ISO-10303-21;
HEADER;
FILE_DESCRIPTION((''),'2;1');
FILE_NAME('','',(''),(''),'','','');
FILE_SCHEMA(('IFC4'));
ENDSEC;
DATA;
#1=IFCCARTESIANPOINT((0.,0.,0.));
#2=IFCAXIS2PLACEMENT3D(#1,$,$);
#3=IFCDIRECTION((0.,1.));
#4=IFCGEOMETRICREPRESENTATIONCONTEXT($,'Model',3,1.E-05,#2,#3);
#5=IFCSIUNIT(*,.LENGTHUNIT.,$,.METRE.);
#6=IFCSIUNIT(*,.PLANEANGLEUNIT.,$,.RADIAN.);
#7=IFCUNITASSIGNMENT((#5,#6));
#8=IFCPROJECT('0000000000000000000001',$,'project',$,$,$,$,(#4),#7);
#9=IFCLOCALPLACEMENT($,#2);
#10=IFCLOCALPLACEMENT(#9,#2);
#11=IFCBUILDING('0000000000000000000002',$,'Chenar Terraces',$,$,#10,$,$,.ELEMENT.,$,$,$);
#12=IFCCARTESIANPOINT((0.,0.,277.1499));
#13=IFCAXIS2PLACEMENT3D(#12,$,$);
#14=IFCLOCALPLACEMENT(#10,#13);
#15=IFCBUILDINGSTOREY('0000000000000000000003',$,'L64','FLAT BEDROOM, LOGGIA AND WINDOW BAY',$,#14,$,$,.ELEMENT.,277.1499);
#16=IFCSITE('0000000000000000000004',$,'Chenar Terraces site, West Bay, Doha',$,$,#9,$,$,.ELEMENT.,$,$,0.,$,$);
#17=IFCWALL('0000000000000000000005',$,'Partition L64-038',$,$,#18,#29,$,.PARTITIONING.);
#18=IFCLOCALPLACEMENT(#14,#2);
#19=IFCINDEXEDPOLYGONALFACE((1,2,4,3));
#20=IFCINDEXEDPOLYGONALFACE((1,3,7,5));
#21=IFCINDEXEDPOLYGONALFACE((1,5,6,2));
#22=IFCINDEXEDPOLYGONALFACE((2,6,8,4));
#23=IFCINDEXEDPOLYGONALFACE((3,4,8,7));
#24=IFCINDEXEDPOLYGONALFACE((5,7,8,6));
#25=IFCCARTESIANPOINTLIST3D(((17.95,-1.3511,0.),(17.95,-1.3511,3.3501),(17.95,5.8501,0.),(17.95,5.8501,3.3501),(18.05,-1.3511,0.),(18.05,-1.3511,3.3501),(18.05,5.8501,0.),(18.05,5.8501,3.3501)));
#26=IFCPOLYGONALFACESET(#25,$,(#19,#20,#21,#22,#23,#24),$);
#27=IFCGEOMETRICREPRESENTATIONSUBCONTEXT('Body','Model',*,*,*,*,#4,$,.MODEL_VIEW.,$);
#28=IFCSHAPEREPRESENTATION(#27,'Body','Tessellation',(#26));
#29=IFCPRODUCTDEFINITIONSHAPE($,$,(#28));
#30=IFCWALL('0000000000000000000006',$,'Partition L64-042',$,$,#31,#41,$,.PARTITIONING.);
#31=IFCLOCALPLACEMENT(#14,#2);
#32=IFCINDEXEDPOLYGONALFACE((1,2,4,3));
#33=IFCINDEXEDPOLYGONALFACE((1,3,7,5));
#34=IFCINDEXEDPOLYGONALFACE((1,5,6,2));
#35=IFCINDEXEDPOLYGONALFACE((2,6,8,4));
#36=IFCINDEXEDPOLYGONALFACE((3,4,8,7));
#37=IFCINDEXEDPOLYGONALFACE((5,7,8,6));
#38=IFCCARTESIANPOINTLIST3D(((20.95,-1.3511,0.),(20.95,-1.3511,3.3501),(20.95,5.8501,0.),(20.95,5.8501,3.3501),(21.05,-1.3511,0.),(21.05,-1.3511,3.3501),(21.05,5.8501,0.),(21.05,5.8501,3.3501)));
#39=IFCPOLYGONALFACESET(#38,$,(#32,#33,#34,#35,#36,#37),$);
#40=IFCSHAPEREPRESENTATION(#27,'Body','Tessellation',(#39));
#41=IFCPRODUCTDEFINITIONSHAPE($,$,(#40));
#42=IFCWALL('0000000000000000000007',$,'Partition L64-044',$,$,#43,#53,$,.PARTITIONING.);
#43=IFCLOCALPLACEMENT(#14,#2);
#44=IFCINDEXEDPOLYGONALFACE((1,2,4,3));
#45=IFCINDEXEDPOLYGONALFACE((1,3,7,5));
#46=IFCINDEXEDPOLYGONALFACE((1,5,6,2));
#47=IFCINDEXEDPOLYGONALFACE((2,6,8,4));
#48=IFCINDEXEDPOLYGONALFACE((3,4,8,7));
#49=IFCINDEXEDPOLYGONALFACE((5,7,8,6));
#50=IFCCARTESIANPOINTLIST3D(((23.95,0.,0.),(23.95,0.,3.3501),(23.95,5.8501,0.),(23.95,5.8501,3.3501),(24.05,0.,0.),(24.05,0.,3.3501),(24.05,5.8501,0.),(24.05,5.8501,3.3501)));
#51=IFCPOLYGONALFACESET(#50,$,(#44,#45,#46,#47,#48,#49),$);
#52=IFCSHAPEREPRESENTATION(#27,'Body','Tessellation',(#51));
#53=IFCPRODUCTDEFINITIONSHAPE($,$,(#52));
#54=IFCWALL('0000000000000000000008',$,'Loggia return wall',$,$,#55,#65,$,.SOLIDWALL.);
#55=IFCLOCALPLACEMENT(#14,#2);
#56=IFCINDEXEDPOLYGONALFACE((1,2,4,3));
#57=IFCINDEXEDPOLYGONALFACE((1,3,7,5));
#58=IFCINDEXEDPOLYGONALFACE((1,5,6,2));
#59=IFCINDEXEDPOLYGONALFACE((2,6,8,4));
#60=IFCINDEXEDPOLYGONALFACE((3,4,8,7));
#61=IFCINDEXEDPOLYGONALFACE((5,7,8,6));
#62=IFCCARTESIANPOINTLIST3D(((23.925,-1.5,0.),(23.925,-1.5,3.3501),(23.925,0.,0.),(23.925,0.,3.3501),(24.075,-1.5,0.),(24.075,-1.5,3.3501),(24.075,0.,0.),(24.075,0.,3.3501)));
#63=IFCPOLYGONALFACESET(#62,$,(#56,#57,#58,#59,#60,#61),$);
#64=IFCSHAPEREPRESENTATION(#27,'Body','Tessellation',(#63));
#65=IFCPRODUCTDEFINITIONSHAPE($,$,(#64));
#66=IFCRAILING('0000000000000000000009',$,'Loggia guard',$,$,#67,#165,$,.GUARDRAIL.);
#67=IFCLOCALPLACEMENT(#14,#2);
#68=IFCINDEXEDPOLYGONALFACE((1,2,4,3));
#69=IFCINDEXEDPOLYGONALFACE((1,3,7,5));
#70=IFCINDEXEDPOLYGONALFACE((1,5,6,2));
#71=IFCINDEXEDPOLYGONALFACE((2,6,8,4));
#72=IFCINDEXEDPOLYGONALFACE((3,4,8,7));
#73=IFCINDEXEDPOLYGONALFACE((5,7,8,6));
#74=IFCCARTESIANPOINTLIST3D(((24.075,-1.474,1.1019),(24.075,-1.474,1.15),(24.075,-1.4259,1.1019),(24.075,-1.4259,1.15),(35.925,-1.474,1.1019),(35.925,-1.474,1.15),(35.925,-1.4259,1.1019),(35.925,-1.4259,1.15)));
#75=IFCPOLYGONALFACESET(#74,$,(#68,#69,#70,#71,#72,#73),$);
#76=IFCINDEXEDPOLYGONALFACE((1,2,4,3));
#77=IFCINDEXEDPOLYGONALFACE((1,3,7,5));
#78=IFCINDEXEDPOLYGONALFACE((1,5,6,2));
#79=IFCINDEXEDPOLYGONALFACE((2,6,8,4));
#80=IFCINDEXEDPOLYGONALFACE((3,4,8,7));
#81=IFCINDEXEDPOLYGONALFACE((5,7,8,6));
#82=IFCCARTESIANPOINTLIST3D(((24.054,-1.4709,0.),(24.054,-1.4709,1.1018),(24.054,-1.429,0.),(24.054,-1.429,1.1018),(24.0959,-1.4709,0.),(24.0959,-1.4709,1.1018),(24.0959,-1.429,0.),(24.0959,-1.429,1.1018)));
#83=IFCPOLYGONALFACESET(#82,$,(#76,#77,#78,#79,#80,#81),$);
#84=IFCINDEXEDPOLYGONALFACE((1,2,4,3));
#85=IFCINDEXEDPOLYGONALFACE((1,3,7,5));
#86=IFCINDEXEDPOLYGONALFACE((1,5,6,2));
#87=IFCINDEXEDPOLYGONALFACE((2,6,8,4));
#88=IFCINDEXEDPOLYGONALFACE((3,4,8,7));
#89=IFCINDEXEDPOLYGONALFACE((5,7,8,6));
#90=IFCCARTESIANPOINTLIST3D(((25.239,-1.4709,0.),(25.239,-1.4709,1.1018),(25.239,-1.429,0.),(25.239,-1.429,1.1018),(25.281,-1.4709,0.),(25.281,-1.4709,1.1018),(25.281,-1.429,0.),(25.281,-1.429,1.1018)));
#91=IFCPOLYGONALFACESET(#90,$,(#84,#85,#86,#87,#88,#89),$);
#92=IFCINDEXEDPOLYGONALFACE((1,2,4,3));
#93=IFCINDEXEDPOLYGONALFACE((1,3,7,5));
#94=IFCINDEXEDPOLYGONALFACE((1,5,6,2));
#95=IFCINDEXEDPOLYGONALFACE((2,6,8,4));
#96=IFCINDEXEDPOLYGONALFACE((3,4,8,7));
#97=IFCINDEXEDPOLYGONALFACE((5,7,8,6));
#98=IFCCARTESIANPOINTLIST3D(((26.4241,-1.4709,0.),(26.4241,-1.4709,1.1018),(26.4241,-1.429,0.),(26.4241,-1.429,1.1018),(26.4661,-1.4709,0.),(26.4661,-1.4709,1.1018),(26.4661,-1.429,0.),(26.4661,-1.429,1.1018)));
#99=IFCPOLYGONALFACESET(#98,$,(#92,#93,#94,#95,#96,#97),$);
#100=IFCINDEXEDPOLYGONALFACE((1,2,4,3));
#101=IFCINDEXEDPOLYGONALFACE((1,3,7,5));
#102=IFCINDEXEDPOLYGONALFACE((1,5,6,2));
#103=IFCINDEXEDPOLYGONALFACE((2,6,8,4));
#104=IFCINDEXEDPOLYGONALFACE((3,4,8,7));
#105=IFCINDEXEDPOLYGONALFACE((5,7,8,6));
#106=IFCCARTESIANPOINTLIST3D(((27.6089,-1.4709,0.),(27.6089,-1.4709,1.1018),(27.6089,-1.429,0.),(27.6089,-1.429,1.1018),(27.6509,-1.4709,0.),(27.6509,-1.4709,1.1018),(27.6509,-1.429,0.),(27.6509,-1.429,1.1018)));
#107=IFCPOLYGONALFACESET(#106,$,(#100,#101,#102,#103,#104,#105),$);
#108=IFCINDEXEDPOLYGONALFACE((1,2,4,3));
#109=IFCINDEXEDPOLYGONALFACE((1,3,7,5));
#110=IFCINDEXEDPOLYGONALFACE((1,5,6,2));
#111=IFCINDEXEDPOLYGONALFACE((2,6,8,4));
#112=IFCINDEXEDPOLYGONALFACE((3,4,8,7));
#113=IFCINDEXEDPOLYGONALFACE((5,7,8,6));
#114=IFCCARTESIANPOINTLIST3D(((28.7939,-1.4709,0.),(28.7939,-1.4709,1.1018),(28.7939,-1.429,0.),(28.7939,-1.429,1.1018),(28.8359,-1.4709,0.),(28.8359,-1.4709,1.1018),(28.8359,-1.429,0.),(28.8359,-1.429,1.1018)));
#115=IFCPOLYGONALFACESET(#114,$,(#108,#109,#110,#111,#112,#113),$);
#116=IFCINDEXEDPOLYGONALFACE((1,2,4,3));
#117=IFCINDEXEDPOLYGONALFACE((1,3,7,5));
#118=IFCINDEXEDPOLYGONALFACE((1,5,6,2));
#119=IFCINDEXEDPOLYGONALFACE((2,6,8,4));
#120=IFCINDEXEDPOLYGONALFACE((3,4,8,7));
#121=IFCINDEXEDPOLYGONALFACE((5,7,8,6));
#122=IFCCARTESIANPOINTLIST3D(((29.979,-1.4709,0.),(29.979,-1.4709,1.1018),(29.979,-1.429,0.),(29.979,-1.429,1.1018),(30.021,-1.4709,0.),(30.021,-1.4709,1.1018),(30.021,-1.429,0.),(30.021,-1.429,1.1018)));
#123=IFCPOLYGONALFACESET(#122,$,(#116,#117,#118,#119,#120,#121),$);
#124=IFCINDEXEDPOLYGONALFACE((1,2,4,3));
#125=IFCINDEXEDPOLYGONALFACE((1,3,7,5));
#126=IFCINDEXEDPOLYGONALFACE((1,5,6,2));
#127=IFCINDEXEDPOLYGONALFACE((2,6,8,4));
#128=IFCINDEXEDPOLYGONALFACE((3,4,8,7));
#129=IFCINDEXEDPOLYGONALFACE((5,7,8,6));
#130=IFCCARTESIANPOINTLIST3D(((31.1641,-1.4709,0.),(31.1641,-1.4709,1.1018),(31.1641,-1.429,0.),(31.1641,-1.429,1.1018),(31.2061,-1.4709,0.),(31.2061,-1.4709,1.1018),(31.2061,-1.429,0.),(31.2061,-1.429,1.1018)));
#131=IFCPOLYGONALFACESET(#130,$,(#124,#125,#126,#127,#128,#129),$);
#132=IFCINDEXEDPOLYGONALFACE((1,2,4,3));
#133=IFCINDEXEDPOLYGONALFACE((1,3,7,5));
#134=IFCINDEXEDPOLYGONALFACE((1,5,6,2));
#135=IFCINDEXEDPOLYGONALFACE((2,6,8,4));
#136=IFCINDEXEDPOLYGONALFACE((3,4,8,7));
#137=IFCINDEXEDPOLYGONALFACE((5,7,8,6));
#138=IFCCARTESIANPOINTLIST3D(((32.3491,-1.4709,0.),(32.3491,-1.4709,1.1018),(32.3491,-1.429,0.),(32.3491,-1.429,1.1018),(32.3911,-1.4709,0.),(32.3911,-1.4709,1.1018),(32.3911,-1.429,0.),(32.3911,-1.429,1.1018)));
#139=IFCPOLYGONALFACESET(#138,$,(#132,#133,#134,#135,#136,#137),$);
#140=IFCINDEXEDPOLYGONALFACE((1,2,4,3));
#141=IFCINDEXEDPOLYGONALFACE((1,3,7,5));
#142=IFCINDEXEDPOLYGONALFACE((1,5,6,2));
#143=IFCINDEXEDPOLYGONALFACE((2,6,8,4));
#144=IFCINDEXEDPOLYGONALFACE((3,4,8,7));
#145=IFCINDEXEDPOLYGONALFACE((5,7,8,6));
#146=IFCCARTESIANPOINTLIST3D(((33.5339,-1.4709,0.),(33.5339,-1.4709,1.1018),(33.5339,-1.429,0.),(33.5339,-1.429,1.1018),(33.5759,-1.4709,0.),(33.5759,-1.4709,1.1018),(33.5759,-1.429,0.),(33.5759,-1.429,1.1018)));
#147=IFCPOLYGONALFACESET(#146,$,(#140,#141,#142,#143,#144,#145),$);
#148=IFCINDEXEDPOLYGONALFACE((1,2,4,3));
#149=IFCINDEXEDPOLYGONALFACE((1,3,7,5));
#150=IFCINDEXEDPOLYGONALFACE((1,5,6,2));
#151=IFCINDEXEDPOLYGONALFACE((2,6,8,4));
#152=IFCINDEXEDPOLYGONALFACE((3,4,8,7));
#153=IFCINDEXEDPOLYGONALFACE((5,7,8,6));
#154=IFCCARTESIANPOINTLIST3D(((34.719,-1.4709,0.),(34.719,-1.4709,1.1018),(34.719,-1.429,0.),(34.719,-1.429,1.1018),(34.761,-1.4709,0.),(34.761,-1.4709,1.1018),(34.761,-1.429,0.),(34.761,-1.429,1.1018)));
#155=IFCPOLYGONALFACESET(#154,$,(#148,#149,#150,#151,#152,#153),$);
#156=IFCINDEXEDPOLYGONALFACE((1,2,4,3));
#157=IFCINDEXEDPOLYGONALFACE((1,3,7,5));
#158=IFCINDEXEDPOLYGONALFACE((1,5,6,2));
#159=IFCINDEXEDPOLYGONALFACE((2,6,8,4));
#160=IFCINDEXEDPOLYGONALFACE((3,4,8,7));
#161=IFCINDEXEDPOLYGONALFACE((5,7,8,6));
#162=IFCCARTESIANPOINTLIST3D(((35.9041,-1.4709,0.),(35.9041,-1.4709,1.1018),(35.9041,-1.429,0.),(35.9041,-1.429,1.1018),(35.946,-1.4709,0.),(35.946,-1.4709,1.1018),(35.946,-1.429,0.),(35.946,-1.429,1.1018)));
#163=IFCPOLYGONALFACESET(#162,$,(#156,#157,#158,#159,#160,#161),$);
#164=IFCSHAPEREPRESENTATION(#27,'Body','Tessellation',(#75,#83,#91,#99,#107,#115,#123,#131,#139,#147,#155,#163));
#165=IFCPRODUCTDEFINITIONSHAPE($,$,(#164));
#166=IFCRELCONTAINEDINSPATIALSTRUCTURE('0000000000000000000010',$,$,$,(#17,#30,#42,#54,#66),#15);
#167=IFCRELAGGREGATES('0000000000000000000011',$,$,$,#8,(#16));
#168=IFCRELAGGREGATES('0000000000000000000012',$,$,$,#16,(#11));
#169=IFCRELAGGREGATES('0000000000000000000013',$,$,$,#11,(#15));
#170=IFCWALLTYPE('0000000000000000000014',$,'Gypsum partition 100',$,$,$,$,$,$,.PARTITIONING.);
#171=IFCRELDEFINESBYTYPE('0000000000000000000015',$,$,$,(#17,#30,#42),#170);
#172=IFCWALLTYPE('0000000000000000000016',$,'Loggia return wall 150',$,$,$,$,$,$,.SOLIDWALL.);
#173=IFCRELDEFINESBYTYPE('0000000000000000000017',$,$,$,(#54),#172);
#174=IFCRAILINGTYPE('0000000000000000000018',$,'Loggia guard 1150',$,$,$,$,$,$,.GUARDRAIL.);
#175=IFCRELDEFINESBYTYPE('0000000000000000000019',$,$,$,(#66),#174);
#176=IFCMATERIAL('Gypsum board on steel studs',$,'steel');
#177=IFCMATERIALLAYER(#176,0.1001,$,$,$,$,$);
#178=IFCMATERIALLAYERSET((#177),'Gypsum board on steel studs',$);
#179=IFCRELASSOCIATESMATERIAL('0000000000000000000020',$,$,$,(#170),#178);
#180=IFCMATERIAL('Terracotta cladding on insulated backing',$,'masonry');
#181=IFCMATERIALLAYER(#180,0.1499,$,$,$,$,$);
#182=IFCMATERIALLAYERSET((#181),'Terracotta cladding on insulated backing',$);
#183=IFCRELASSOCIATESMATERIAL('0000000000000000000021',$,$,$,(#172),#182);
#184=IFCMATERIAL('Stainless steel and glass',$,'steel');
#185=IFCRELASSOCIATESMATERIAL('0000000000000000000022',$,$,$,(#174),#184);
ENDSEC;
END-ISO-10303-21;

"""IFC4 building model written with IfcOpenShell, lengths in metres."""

from ifc_helpers import new_model, si_unit, direction, frame, frame_2d, origin, origin_2d, place, context, subcontext, project, spatial, rectangle, extrude, material, layer, layer_set, type_object, element, save


model = new_model("IFC4")

# Units and contexts
model_context = context("Model", 3, precision=1e-05, world=origin(), true_north=direction((0.0, 1.0)))
body_context = subcontext(model_context, "Body", "Model", "MODEL_VIEW")
ifc_project = project(units=[si_unit("LENGTHUNIT", "METRE"), si_unit("PLANEANGLEUNIT", "RADIAN")], contexts=[model_context])

# Site, building, storey
site_placement = place(None, origin())
site = spatial("IfcSite", under=ifc_project, at=site_placement, Name="Chenar Terraces site, West Bay, Doha", CompositionType="ELEMENT", RefElevation=0.0)
building_placement = place(site_placement, origin())
building = spatial("IfcBuilding", under=site, at=building_placement, Name="Chenar Terraces", CompositionType="ELEMENT")
storey_placement = place(building_placement, frame((0.0, 0.0, 277.1499)))
storey = spatial("IfcBuildingStorey", under=building, at=storey_placement, Name="L64", Description="FLAT BEDROOM, LOGGIA AND WINDOW BAY", CompositionType="ELEMENT", Elevation=277.1499)

# Walls
ifc_material_1 = material(Name="Gypsum board on steel studs", Category="steel")
ifc_layer_1 = layer(ifc_material_1, 0.1001)
ifc_layer_set_1 = layer_set([ifc_layer_1], Name="Gypsum board on steel studs")
wall_type_1 = type_object("IfcWallType", Name="Gypsum partition 100", PredefinedType="PARTITIONING", material=ifc_layer_set_1)
for number, where, z_axis, x_axis, name in (
    (1, (18.0, -1.3511, 0.0), (0.0, 0.0, 1.0), (0.0, 1.0, 0.0), "Partition L64-038"),
    (2, (21.0, -1.3511, 0.0), (0.0, 0.0, 1.0), (0.0, 1.0, 0.0), "Partition L64-042"),
):
    element("IfcWall", number, at=place(storey_placement, frame(where, z_axis=z_axis, x_axis=x_axis)), inside=storey, type_object=wall_type_1, Name=name, PredefinedType="PARTITIONING", context=body_context, shape_type="SweptSolid", body=[
        extrude(rectangle(XDim=7.2012, YDim=0.1001, at=frame_2d((3.6006, 0.0))), origin(), (0.0, 0.0, 1.0), 3.3501),
    ])
wall_1_placement = place(storey_placement, frame((24.0, 0.0, 0.0), z_axis=(0.0, 0.0, 1.0), x_axis=(0.0, 1.0, 0.0)))
element("IfcWall", 3, at=wall_1_placement, inside=storey, type_object=wall_type_1, Name="Partition L64-044", PredefinedType="PARTITIONING", context=body_context, shape_type="SweptSolid", body=[
    extrude(rectangle(XDim=5.8501, YDim=0.1001, at=frame_2d((2.925, 0.0))), origin(), (0.0, 0.0, 1.0), 3.3501),
])
ifc_material_2 = material(Name="Terracotta cladding on insulated backing", Category="masonry")
ifc_layer_2 = layer(ifc_material_2, 0.1499)
ifc_layer_set_2 = layer_set([ifc_layer_2], Name="Terracotta cladding on insulated backing")
wall_type_2 = type_object("IfcWallType", Name="Loggia return wall 150", PredefinedType="SOLIDWALL", material=ifc_layer_set_2)
wall_2_placement = place(storey_placement, frame((24.0, -1.5, 0.0), z_axis=(0.0, 0.0, 1.0), x_axis=(0.0, 1.0, 0.0)))
element("IfcWall", 4, at=wall_2_placement, inside=storey, type_object=wall_type_2, Name="Loggia return wall", PredefinedType="SOLIDWALL", context=body_context, shape_type="SweptSolid", body=[
    extrude(rectangle(XDim=1.5, YDim=0.1499, at=frame_2d((0.75, 0.0))), origin(), (0.0, 0.0, 1.0), 3.3501),
])

# Railing
ifc_material_3 = material(Name="Stainless steel and glass", Category="steel")
railing_type = type_object("IfcRailingType", Name="Loggia guard 1150", PredefinedType="GUARDRAIL", material=ifc_material_3)
railing_placement = place(storey_placement, frame((24.075, -1.45, 0.0)))
element("IfcRailing", 5, at=railing_placement, inside=storey, type_object=railing_type, Name="Loggia guard", PredefinedType="GUARDRAIL", context=body_context, shape_type="SweptSolid", body=[
    extrude(rectangle(XDim=0.0481, YDim=0.0481, at=origin_2d()), frame((0.0, 0.0, 1.126), z_axis=(1.0, 0.0, 0.0), x_axis=(0.0, 1.0, 0.0)), (0.0, 0.0, 1.0), 11.8501),
    extrude(rectangle(XDim=0.042, YDim=0.042, at=origin_2d()), origin(), (0.0, 0.0, 1.0), 1.1018),
    extrude(rectangle(XDim=0.042, YDim=0.042, at=origin_2d()), frame((1.1851, 0.0, 0.0)), (0.0, 0.0, 1.0), 1.1018),
    extrude(rectangle(XDim=0.042, YDim=0.042, at=origin_2d()), frame((2.3701, 0.0, 0.0)), (0.0, 0.0, 1.0), 1.1018),
    extrude(rectangle(XDim=0.042, YDim=0.042, at=origin_2d()), frame((3.5549, 0.0, 0.0)), (0.0, 0.0, 1.0), 1.1018),
    extrude(rectangle(XDim=0.042, YDim=0.042, at=origin_2d()), frame((4.74, 0.0, 0.0)), (0.0, 0.0, 1.0), 1.1018),
    extrude(rectangle(XDim=0.042, YDim=0.042, at=origin_2d()), frame((5.925, 0.0, 0.0)), (0.0, 0.0, 1.0), 1.1018),
    extrude(rectangle(XDim=0.042, YDim=0.042, at=origin_2d()), frame((7.1101, 0.0, 0.0)), (0.0, 0.0, 1.0), 1.1018),
    extrude(rectangle(XDim=0.042, YDim=0.042, at=origin_2d()), frame((8.2952, 0.0, 0.0)), (0.0, 0.0, 1.0), 1.1018),
    extrude(rectangle(XDim=0.042, YDim=0.042, at=origin_2d()), frame((9.48, 0.0, 0.0)), (0.0, 0.0, 1.0), 1.1018),
    extrude(rectangle(XDim=0.042, YDim=0.042, at=origin_2d()), frame((10.665, 0.0, 0.0)), (0.0, 0.0, 1.0), 1.1018),
    extrude(rectangle(XDim=0.042, YDim=0.042, at=origin_2d()), frame((11.8501, 0.0, 0.0)), (0.0, 0.0, 1.0), 1.1018),
])

save(model, "model.ifc")
